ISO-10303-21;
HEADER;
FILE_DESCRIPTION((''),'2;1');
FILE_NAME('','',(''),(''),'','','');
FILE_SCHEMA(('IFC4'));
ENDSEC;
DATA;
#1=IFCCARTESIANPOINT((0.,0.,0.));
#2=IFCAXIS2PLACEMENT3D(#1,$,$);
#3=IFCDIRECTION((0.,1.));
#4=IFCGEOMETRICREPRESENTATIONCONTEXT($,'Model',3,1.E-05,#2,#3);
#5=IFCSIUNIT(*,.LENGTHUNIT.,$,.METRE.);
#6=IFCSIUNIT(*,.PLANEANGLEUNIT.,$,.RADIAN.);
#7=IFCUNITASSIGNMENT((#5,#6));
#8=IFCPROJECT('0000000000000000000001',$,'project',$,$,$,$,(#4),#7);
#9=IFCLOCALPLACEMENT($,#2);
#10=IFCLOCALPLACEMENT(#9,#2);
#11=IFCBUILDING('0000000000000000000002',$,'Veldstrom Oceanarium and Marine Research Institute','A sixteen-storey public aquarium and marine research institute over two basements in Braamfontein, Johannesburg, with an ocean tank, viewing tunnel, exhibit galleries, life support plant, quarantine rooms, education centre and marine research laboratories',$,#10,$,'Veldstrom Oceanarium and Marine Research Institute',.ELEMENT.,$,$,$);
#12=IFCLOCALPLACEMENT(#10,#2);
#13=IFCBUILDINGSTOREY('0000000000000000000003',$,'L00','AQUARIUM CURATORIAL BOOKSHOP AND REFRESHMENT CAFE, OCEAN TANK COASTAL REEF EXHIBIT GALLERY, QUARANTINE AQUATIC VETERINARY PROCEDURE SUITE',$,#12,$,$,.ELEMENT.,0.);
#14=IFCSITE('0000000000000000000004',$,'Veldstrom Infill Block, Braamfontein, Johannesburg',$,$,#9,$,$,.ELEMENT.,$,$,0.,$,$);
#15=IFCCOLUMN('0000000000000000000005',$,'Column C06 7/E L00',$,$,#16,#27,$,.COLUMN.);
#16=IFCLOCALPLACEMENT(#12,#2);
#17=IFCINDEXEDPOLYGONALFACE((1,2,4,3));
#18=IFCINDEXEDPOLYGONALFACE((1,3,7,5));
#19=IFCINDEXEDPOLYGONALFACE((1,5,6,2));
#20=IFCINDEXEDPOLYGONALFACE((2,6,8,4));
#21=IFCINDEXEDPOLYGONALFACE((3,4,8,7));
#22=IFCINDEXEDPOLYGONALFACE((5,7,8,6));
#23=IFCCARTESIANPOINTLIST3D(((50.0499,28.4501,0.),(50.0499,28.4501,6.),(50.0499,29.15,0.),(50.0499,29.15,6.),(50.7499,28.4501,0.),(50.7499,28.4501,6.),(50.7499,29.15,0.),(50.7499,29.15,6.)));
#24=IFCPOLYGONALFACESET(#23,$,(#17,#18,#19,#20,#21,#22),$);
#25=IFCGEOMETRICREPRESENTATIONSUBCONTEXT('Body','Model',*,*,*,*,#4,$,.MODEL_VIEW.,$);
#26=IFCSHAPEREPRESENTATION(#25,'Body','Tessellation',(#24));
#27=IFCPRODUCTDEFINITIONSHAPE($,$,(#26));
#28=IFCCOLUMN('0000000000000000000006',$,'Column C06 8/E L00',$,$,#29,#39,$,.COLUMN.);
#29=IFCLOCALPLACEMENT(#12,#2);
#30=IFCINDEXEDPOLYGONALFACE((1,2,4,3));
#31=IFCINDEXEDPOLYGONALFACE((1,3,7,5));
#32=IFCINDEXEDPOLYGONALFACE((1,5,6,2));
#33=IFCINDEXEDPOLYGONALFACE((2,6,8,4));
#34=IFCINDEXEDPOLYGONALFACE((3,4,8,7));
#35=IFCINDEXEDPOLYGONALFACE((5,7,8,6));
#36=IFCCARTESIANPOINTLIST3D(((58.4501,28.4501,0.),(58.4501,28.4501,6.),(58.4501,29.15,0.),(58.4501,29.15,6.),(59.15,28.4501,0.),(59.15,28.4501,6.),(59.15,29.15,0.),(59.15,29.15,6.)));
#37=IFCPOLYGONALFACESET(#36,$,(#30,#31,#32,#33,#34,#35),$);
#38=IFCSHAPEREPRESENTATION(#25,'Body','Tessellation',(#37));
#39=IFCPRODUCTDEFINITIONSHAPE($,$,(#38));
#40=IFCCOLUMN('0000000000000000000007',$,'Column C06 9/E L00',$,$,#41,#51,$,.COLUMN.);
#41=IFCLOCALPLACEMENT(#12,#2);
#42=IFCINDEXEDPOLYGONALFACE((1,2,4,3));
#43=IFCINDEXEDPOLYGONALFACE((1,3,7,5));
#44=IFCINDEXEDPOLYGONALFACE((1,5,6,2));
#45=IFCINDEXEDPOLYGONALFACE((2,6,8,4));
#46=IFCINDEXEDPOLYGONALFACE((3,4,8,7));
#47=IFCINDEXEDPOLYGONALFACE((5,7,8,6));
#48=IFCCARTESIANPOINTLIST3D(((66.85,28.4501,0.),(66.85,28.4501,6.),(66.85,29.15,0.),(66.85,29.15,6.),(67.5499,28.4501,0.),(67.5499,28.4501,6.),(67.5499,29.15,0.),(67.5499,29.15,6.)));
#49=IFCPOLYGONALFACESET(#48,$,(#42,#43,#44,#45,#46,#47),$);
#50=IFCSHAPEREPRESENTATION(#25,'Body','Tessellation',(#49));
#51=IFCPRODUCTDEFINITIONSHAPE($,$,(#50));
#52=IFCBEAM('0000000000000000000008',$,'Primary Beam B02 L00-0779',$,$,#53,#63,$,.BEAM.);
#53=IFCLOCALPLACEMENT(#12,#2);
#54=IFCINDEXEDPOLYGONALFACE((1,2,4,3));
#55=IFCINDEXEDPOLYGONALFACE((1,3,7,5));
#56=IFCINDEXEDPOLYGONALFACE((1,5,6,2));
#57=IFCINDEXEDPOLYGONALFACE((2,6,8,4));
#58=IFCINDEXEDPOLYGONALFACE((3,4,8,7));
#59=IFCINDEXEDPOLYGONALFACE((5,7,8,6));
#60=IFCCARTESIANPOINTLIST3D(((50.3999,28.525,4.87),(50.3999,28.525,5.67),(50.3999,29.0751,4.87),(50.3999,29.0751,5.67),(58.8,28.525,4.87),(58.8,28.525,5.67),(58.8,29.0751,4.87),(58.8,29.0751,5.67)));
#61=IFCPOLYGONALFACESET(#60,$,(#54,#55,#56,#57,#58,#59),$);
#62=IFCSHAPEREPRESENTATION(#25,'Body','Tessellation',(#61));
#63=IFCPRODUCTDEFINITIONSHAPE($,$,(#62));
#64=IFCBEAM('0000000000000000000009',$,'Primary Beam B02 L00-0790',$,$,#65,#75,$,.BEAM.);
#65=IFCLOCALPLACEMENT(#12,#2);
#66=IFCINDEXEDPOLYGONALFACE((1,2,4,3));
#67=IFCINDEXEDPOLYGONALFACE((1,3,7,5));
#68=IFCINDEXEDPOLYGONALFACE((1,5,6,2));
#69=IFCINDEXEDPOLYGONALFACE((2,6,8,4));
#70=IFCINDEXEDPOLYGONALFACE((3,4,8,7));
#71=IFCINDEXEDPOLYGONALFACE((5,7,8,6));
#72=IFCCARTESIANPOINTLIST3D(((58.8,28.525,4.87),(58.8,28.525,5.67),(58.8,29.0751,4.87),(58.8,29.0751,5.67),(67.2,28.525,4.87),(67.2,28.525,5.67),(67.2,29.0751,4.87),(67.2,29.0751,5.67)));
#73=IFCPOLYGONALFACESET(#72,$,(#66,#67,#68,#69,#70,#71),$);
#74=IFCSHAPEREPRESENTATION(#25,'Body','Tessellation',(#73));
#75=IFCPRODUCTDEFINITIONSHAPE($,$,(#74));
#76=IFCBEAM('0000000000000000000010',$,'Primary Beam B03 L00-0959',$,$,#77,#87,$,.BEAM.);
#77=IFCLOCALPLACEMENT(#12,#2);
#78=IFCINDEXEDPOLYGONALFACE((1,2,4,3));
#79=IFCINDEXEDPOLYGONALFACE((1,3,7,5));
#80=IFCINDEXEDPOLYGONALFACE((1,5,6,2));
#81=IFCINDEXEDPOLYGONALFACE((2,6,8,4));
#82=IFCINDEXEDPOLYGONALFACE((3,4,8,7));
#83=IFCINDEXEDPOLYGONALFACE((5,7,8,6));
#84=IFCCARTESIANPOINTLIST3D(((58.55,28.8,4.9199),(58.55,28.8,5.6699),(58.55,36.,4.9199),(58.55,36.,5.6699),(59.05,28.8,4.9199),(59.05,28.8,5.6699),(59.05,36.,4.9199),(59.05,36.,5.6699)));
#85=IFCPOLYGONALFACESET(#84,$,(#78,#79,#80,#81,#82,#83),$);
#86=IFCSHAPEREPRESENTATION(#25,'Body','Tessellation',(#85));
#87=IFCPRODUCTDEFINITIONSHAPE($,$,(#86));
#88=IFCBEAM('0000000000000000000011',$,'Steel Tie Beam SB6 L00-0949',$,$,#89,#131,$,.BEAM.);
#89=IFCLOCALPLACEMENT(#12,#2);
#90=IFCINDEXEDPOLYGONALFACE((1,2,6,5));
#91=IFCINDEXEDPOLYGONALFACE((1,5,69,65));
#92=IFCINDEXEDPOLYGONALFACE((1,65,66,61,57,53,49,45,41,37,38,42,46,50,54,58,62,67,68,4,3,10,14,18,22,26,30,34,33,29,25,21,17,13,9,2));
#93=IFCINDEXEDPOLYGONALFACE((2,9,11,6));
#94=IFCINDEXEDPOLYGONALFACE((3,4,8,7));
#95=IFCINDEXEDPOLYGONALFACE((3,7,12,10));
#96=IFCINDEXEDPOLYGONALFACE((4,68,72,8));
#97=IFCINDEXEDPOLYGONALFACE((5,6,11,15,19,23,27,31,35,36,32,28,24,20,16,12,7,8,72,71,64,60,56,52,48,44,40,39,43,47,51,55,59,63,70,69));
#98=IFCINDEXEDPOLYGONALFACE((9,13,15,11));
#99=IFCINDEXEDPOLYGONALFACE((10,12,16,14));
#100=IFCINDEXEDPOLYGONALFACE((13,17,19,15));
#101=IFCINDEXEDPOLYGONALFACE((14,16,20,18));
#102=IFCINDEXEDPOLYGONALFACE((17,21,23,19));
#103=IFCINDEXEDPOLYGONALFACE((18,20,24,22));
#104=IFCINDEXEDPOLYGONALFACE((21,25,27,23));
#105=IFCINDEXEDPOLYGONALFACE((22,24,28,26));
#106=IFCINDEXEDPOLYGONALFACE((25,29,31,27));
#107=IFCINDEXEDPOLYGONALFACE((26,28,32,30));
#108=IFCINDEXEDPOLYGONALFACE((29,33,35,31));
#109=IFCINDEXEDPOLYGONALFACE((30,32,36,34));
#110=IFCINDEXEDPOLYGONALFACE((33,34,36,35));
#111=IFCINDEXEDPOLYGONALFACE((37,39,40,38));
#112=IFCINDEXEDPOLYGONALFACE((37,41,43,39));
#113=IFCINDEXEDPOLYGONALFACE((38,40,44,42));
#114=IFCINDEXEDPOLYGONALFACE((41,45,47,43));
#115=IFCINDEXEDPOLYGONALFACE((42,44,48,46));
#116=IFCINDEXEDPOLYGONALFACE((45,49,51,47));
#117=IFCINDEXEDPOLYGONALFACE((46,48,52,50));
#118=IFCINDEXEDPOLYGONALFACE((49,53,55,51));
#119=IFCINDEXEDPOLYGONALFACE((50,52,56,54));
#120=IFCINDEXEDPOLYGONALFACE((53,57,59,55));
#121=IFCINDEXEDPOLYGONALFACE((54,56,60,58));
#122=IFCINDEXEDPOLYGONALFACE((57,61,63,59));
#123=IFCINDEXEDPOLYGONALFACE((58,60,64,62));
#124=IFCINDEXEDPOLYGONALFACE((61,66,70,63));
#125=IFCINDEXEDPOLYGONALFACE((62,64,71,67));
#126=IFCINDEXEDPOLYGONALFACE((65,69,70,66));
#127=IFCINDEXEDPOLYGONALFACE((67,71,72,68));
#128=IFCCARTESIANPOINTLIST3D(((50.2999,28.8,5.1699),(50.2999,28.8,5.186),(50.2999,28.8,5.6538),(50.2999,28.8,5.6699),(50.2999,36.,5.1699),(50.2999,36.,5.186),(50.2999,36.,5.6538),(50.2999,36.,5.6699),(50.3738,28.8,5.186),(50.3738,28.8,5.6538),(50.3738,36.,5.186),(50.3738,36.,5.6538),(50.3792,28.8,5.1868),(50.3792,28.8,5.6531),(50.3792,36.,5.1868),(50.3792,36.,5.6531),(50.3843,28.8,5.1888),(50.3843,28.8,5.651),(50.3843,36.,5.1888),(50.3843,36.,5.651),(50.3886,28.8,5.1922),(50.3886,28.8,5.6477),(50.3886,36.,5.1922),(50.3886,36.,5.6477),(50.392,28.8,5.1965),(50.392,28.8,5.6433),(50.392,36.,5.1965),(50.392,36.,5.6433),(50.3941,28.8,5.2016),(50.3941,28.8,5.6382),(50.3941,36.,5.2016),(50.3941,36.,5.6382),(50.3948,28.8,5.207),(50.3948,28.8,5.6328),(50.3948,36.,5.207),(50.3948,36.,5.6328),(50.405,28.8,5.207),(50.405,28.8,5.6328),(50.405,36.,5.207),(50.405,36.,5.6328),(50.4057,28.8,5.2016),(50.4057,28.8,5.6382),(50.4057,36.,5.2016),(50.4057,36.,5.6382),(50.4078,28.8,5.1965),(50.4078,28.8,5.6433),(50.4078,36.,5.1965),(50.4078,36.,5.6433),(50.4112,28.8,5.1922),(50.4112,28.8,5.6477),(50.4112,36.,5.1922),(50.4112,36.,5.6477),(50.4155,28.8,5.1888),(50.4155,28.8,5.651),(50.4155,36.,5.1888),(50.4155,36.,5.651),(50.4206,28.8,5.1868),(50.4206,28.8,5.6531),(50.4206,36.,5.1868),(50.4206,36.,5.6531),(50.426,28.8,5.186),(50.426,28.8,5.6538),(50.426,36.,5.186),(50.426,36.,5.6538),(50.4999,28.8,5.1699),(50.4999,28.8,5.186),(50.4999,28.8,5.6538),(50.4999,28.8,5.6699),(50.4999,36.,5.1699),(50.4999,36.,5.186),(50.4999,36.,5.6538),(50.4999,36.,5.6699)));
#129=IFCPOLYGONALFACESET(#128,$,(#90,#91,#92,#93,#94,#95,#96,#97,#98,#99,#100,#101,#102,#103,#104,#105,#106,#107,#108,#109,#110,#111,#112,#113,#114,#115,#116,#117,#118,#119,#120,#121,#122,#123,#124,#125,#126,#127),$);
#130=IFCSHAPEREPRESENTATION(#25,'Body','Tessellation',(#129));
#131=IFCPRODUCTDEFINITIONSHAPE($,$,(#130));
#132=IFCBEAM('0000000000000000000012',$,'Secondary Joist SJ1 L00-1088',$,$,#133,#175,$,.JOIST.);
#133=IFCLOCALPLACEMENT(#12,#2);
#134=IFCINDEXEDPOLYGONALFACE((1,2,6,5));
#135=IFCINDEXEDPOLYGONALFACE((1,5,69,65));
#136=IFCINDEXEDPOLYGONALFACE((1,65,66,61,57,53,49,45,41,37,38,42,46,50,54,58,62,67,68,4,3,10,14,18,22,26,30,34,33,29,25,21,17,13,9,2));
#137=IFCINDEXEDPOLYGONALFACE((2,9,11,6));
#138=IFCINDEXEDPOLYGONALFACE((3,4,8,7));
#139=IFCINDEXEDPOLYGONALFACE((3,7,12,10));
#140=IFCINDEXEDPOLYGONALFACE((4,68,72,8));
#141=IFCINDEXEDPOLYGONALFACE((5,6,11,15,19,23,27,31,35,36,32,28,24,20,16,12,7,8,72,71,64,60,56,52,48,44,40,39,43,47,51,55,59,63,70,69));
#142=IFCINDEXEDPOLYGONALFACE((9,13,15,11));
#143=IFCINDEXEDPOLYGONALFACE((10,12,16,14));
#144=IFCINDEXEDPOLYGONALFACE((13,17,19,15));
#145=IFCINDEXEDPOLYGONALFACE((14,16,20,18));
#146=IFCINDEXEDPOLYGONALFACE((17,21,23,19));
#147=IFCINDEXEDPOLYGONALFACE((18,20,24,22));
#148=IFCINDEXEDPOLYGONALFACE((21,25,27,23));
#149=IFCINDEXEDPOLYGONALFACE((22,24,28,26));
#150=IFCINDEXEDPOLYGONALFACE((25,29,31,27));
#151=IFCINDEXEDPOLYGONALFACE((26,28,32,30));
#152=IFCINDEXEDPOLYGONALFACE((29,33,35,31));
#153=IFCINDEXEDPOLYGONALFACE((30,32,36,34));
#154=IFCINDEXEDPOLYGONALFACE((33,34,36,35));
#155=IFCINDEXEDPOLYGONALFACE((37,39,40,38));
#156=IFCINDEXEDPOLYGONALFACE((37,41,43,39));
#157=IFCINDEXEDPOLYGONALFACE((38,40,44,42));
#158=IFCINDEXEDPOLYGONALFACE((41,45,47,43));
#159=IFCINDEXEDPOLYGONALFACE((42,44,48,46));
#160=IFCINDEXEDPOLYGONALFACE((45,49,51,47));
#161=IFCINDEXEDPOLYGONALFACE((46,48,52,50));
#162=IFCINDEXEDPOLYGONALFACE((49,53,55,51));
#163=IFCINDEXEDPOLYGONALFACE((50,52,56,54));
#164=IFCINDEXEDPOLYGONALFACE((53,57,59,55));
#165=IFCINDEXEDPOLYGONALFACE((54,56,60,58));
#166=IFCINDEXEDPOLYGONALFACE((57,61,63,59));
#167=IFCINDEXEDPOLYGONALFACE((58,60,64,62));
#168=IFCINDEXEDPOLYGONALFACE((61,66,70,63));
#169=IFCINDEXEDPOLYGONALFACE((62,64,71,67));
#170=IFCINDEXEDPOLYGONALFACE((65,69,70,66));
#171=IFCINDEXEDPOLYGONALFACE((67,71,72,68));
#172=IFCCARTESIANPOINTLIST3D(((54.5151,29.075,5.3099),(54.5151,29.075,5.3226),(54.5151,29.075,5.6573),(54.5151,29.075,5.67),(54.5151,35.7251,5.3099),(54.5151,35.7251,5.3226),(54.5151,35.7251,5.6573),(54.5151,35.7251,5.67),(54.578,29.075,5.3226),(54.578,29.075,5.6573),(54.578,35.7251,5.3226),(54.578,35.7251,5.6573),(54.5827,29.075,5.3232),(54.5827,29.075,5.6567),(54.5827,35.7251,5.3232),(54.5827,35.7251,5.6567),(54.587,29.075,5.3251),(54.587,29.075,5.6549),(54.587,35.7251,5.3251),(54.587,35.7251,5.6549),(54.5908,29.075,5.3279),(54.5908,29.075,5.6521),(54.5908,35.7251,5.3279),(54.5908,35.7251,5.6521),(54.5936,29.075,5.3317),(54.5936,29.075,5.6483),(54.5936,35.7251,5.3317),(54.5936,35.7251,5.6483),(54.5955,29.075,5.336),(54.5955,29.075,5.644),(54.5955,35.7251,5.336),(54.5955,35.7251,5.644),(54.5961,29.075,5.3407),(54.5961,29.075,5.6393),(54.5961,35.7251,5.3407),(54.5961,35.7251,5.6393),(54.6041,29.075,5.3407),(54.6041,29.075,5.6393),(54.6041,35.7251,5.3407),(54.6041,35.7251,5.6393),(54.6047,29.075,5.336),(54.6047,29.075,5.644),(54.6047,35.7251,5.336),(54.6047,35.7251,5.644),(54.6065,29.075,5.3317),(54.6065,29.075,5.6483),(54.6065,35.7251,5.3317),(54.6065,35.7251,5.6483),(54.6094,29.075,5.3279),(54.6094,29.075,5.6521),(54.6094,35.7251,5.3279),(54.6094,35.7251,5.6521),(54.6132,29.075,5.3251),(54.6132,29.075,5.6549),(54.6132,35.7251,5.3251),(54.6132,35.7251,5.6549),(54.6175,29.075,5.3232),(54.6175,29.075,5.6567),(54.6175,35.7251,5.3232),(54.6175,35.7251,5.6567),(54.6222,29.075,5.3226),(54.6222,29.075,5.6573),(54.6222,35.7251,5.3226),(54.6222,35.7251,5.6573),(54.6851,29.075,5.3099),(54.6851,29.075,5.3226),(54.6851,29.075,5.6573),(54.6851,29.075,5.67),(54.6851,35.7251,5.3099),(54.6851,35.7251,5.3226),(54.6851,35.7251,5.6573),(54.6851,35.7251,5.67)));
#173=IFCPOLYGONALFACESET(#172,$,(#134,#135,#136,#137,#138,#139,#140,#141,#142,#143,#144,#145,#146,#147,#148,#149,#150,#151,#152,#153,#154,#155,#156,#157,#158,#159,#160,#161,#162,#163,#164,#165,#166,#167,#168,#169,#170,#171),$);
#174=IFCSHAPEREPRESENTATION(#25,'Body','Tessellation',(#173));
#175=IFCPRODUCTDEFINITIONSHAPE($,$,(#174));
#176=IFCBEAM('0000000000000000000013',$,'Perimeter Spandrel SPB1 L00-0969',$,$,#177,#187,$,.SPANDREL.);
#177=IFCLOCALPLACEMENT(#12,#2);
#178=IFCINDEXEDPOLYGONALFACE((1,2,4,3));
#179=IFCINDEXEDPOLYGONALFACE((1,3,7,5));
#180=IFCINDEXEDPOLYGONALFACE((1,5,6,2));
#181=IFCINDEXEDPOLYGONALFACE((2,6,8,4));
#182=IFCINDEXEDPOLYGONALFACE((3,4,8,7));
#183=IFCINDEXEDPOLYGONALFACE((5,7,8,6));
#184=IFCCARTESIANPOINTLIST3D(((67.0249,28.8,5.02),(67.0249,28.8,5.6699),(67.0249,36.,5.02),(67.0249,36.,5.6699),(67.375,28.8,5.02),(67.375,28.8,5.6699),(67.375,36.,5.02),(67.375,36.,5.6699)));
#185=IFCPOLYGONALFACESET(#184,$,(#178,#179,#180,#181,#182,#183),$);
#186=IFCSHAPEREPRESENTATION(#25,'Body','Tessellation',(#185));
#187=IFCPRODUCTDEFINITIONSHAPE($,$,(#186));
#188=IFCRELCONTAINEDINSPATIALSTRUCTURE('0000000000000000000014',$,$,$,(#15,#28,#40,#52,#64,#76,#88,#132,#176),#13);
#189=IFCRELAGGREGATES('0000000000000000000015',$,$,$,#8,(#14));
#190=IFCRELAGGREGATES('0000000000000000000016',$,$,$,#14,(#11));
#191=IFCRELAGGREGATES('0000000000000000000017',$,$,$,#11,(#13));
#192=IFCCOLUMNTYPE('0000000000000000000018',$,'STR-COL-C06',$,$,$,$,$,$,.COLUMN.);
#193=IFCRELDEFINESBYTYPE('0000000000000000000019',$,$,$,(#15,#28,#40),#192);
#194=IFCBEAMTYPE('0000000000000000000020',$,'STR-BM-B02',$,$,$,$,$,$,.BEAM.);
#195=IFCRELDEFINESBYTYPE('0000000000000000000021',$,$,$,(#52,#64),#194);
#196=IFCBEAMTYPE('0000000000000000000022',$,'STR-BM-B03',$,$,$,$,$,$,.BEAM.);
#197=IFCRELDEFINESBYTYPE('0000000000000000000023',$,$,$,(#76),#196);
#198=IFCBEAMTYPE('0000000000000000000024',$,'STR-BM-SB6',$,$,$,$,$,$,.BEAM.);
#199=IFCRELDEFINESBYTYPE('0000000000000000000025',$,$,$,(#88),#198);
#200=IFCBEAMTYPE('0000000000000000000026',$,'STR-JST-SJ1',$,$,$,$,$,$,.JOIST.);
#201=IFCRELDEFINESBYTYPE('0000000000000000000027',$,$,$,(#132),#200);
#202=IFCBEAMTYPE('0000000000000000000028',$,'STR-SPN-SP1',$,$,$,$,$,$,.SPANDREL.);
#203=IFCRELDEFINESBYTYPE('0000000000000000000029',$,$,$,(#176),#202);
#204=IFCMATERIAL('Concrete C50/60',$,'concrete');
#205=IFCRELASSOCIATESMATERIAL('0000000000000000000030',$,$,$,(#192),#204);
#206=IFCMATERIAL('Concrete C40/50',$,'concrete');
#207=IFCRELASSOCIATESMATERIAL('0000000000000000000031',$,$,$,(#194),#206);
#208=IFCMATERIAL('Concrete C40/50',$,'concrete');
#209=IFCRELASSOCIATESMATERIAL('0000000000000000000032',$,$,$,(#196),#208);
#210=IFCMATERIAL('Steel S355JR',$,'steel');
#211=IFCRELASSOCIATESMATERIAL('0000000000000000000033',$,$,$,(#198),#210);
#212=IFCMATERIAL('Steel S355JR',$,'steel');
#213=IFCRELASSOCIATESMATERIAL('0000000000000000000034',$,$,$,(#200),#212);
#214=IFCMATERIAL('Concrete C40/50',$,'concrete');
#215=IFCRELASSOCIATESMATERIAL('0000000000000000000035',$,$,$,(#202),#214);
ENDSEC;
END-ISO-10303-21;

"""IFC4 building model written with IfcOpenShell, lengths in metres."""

from ifc_helpers import new_model, si_unit, direction, frame, origin, origin_2d, place, context, subcontext, project, spatial, rectangle, i_section, extrude, material, material_profile, profile_set, type_object, element, save


model = new_model("IFC4")

# Units and contexts
model_context = context("Model", 3, precision=1e-05, world=origin(), true_north=direction((0.0, 1.0)))
body_context = subcontext(model_context, "Body", "Model", "MODEL_VIEW")
ifc_project = project(units=[si_unit("LENGTHUNIT", "METRE"), si_unit("PLANEANGLEUNIT", "RADIAN")], contexts=[model_context])

# Site, building, storey
site_placement = place(None, origin())
site = spatial("IfcSite", under=ifc_project, at=site_placement, Name="Veldstrom Infill Block, Braamfontein, Johannesburg", CompositionType="ELEMENT", RefElevation=0.0)
building_placement = place(site_placement, origin())
building = spatial("IfcBuilding", under=site, at=building_placement, Name="Veldstrom Oceanarium and Marine Research Institute", Description="A sixteen-storey public aquarium and marine research institute over two basements in Braamfontein, Johannesburg, with an ocean tank, viewing tunnel, exhibit galleries, life support plant, quarantine rooms, education centre and marine research laboratories", LongName="Veldstrom Oceanarium and Marine Research Institute", CompositionType="ELEMENT")
storey_placement = place(building_placement, origin())
storey = spatial("IfcBuildingStorey", under=building, at=storey_placement, Name="L00", Description="AQUARIUM CURATORIAL BOOKSHOP AND REFRESHMENT CAFE, OCEAN TANK COASTAL REEF EXHIBIT GALLERY, QUARANTINE AQUATIC VETERINARY PROCEDURE SUITE", CompositionType="ELEMENT", Elevation=0.0)

# Columns
ifc_material_1 = material(Name="Concrete C50/60", Category="concrete")
ifc_material_profile_1 = material_profile(ifc_material_1, rectangle(XDim=0.7, YDim=0.7, at=origin_2d()), Name="RC-COL-700x700")
ifc_profile_set_1 = profile_set([ifc_material_profile_1], Name="Concrete C50/60")
column_type = type_object("IfcColumnType", Name="STR-COL-C06", PredefinedType="COLUMN", material=ifc_profile_set_1)
for number, where, z_axis, x_axis, name in (
    (1, (50.3999, 28.8, 0.0), (0.0, 0.0, 1.0), (1.0, 0.0, 0.0), "Column C06 7/E L00"),
    (2, (58.8, 28.8, 0.0), (0.0, 0.0, 1.0), (1.0, 0.0, 0.0), "Column C06 8/E L00"),
    (3, (67.2, 28.8, 0.0), (0.0, 0.0, 1.0), (1.0, 0.0, 0.0), "Column C06 9/E L00"),
):
    element("IfcColumn", number, at=place(storey_placement, frame(where, z_axis=z_axis, x_axis=x_axis)), inside=storey, type_object=column_type, Name=name, PredefinedType="COLUMN", context=body_context, shape_type="SweptSolid", body=[
        extrude(rectangle(XDim=0.7, YDim=0.7, at=origin_2d()), origin(), (0.0, 0.0, 1.0), 6.0),
    ])

# Beams
ifc_material_2 = material(Name="Concrete C40/50", Category="concrete")
ifc_material_profile_2 = material_profile(ifc_material_2, rectangle(XDim=0.55, YDim=0.8, at=origin_2d()), Name="RC-BM-550x800")
ifc_profile_set_2 = profile_set([ifc_material_profile_2], Name="Concrete C40/50")
beam_type_1 = type_object("IfcBeamType", Name="STR-BM-B02", PredefinedType="BEAM", material=ifc_profile_set_2)
beam_1_placement = place(storey_placement, frame((50.3999, 28.8, 5.27), z_axis=(1.0, 0.0, 0.0), x_axis=(0.0, 1.0, 0.0)))
element("IfcBeam", 4, at=beam_1_placement, inside=storey, type_object=beam_type_1, Name="Primary Beam B02 L00-0779", PredefinedType="BEAM", context=body_context, shape_type="SweptSolid", body=[
    extrude(rectangle(XDim=0.55, YDim=0.8, at=origin_2d()), origin(), (0.0, 0.0, 1.0), 8.4001),
])
beam_2_placement = place(storey_placement, frame((58.8, 28.8, 5.27), z_axis=(1.0, 0.0, 0.0), x_axis=(0.0, 1.0, 0.0)))
element("IfcBeam", 5, at=beam_2_placement, inside=storey, type_object=beam_type_1, Name="Primary Beam B02 L00-0790", PredefinedType="BEAM", context=body_context, shape_type="SweptSolid", body=[
    extrude(rectangle(XDim=0.55, YDim=0.8, at=origin_2d()), origin(), (0.0, 0.0, 1.0), 8.3999),
])
ifc_material_3 = material(Name="Concrete C40/50", Category="concrete")
ifc_material_profile_3 = material_profile(ifc_material_3, rectangle(XDim=0.5, YDim=0.75, at=origin_2d()), Name="RC-BM-500x750")
ifc_profile_set_3 = profile_set([ifc_material_profile_3], Name="Concrete C40/50")
beam_type_2 = type_object("IfcBeamType", Name="STR-BM-B03", PredefinedType="BEAM", material=ifc_profile_set_3)
beam_3_placement = place(storey_placement, frame((58.8, 28.8, 5.2949), z_axis=(0.0, 1.0, 0.0), x_axis=(-1.0, 0.0, 0.0)))
element("IfcBeam", 6, at=beam_3_placement, inside=storey, type_object=beam_type_2, Name="Primary Beam B03 L00-0959", PredefinedType="BEAM", context=body_context, shape_type="SweptSolid", body=[
    extrude(rectangle(XDim=0.5, YDim=0.75, at=origin_2d()), origin(), (0.0, 0.0, 1.0), 7.2),
])
ifc_material_4 = material(Name="Steel S355JR", Category="steel")
ifc_material_profile_4 = material_profile(ifc_material_4, i_section(OverallWidth=0.2, OverallDepth=0.5, WebThickness=0.0103, FlangeThickness=0.0161, FilletRadius=0.021, at=origin_2d()), Name="IPE 500")
ifc_profile_set_4 = profile_set([ifc_material_profile_4], Name="Steel S355JR")
beam_type_3 = type_object("IfcBeamType", Name="STR-BM-SB6", PredefinedType="BEAM", material=ifc_profile_set_4)
beam_4_placement = place(storey_placement, frame((50.3999, 28.8, 5.4199), z_axis=(0.0, 1.0, 0.0), x_axis=(-1.0, 0.0, 0.0)))
element("IfcBeam", 7, at=beam_4_placement, inside=storey, type_object=beam_type_3, Name="Steel Tie Beam SB6 L00-0949", PredefinedType="BEAM", context=body_context, shape_type="SweptSolid", body=[
    extrude(i_section(OverallWidth=0.2, OverallDepth=0.5, WebThickness=0.0103, FlangeThickness=0.0161, FilletRadius=0.021, at=origin_2d()), origin(), (0.0, 0.0, 1.0), 7.2),
])
ifc_material_5 = material(Name="Steel S355JR", Category="steel")
ifc_material_profile_5 = material_profile(ifc_material_5, i_section(OverallWidth=0.1699, OverallDepth=0.3601, WebThickness=0.0081, FlangeThickness=0.0127, FilletRadius=0.0181, at=origin_2d()), Name="IPE 360")
ifc_profile_set_5 = profile_set([ifc_material_profile_5], Name="Steel S355JR")
beam_type_4 = type_object("IfcBeamType", Name="STR-JST-SJ1", PredefinedType="JOIST", material=ifc_profile_set_5)
beam_5_placement = place(storey_placement, frame((54.6001, 29.075, 5.49), z_axis=(0.0, 1.0, 0.0), x_axis=(-1.0, 0.0, 0.0)))
element("IfcBeam", 8, at=beam_5_placement, inside=storey, type_object=beam_type_4, Name="Secondary Joist SJ1 L00-1088", PredefinedType="JOIST", context=body_context, shape_type="SweptSolid", body=[
    extrude(i_section(OverallWidth=0.1699, OverallDepth=0.3601, WebThickness=0.0081, FlangeThickness=0.0127, FilletRadius=0.0181, at=origin_2d()), origin(), (0.0, 0.0, 1.0), 6.6501),
])
ifc_material_6 = material(Name="Concrete C40/50", Category="concrete")
ifc_material_profile_6 = material_profile(ifc_material_6, rectangle(XDim=0.3501, YDim=0.6499, at=origin_2d()), Name="RC-SPN-350x650")
ifc_profile_set_6 = profile_set([ifc_material_profile_6], Name="Concrete C40/50")
beam_type_5 = type_object("IfcBeamType", Name="STR-SPN-SP1", PredefinedType="SPANDREL", material=ifc_profile_set_6)
beam_6_placement = place(storey_placement, frame((67.2, 28.8, 5.345), z_axis=(0.0, 1.0, 0.0), x_axis=(-1.0, 0.0, 0.0)))
element("IfcBeam", 9, at=beam_6_placement, inside=storey, type_object=beam_type_5, Name="Perimeter Spandrel SPB1 L00-0969", PredefinedType="SPANDREL", context=body_context, shape_type="SweptSolid", body=[
    extrude(rectangle(XDim=0.3501, YDim=0.6499, at=origin_2d()), origin(), (0.0, 0.0, 1.0), 7.2),
])

save(model, "model.ifc")
